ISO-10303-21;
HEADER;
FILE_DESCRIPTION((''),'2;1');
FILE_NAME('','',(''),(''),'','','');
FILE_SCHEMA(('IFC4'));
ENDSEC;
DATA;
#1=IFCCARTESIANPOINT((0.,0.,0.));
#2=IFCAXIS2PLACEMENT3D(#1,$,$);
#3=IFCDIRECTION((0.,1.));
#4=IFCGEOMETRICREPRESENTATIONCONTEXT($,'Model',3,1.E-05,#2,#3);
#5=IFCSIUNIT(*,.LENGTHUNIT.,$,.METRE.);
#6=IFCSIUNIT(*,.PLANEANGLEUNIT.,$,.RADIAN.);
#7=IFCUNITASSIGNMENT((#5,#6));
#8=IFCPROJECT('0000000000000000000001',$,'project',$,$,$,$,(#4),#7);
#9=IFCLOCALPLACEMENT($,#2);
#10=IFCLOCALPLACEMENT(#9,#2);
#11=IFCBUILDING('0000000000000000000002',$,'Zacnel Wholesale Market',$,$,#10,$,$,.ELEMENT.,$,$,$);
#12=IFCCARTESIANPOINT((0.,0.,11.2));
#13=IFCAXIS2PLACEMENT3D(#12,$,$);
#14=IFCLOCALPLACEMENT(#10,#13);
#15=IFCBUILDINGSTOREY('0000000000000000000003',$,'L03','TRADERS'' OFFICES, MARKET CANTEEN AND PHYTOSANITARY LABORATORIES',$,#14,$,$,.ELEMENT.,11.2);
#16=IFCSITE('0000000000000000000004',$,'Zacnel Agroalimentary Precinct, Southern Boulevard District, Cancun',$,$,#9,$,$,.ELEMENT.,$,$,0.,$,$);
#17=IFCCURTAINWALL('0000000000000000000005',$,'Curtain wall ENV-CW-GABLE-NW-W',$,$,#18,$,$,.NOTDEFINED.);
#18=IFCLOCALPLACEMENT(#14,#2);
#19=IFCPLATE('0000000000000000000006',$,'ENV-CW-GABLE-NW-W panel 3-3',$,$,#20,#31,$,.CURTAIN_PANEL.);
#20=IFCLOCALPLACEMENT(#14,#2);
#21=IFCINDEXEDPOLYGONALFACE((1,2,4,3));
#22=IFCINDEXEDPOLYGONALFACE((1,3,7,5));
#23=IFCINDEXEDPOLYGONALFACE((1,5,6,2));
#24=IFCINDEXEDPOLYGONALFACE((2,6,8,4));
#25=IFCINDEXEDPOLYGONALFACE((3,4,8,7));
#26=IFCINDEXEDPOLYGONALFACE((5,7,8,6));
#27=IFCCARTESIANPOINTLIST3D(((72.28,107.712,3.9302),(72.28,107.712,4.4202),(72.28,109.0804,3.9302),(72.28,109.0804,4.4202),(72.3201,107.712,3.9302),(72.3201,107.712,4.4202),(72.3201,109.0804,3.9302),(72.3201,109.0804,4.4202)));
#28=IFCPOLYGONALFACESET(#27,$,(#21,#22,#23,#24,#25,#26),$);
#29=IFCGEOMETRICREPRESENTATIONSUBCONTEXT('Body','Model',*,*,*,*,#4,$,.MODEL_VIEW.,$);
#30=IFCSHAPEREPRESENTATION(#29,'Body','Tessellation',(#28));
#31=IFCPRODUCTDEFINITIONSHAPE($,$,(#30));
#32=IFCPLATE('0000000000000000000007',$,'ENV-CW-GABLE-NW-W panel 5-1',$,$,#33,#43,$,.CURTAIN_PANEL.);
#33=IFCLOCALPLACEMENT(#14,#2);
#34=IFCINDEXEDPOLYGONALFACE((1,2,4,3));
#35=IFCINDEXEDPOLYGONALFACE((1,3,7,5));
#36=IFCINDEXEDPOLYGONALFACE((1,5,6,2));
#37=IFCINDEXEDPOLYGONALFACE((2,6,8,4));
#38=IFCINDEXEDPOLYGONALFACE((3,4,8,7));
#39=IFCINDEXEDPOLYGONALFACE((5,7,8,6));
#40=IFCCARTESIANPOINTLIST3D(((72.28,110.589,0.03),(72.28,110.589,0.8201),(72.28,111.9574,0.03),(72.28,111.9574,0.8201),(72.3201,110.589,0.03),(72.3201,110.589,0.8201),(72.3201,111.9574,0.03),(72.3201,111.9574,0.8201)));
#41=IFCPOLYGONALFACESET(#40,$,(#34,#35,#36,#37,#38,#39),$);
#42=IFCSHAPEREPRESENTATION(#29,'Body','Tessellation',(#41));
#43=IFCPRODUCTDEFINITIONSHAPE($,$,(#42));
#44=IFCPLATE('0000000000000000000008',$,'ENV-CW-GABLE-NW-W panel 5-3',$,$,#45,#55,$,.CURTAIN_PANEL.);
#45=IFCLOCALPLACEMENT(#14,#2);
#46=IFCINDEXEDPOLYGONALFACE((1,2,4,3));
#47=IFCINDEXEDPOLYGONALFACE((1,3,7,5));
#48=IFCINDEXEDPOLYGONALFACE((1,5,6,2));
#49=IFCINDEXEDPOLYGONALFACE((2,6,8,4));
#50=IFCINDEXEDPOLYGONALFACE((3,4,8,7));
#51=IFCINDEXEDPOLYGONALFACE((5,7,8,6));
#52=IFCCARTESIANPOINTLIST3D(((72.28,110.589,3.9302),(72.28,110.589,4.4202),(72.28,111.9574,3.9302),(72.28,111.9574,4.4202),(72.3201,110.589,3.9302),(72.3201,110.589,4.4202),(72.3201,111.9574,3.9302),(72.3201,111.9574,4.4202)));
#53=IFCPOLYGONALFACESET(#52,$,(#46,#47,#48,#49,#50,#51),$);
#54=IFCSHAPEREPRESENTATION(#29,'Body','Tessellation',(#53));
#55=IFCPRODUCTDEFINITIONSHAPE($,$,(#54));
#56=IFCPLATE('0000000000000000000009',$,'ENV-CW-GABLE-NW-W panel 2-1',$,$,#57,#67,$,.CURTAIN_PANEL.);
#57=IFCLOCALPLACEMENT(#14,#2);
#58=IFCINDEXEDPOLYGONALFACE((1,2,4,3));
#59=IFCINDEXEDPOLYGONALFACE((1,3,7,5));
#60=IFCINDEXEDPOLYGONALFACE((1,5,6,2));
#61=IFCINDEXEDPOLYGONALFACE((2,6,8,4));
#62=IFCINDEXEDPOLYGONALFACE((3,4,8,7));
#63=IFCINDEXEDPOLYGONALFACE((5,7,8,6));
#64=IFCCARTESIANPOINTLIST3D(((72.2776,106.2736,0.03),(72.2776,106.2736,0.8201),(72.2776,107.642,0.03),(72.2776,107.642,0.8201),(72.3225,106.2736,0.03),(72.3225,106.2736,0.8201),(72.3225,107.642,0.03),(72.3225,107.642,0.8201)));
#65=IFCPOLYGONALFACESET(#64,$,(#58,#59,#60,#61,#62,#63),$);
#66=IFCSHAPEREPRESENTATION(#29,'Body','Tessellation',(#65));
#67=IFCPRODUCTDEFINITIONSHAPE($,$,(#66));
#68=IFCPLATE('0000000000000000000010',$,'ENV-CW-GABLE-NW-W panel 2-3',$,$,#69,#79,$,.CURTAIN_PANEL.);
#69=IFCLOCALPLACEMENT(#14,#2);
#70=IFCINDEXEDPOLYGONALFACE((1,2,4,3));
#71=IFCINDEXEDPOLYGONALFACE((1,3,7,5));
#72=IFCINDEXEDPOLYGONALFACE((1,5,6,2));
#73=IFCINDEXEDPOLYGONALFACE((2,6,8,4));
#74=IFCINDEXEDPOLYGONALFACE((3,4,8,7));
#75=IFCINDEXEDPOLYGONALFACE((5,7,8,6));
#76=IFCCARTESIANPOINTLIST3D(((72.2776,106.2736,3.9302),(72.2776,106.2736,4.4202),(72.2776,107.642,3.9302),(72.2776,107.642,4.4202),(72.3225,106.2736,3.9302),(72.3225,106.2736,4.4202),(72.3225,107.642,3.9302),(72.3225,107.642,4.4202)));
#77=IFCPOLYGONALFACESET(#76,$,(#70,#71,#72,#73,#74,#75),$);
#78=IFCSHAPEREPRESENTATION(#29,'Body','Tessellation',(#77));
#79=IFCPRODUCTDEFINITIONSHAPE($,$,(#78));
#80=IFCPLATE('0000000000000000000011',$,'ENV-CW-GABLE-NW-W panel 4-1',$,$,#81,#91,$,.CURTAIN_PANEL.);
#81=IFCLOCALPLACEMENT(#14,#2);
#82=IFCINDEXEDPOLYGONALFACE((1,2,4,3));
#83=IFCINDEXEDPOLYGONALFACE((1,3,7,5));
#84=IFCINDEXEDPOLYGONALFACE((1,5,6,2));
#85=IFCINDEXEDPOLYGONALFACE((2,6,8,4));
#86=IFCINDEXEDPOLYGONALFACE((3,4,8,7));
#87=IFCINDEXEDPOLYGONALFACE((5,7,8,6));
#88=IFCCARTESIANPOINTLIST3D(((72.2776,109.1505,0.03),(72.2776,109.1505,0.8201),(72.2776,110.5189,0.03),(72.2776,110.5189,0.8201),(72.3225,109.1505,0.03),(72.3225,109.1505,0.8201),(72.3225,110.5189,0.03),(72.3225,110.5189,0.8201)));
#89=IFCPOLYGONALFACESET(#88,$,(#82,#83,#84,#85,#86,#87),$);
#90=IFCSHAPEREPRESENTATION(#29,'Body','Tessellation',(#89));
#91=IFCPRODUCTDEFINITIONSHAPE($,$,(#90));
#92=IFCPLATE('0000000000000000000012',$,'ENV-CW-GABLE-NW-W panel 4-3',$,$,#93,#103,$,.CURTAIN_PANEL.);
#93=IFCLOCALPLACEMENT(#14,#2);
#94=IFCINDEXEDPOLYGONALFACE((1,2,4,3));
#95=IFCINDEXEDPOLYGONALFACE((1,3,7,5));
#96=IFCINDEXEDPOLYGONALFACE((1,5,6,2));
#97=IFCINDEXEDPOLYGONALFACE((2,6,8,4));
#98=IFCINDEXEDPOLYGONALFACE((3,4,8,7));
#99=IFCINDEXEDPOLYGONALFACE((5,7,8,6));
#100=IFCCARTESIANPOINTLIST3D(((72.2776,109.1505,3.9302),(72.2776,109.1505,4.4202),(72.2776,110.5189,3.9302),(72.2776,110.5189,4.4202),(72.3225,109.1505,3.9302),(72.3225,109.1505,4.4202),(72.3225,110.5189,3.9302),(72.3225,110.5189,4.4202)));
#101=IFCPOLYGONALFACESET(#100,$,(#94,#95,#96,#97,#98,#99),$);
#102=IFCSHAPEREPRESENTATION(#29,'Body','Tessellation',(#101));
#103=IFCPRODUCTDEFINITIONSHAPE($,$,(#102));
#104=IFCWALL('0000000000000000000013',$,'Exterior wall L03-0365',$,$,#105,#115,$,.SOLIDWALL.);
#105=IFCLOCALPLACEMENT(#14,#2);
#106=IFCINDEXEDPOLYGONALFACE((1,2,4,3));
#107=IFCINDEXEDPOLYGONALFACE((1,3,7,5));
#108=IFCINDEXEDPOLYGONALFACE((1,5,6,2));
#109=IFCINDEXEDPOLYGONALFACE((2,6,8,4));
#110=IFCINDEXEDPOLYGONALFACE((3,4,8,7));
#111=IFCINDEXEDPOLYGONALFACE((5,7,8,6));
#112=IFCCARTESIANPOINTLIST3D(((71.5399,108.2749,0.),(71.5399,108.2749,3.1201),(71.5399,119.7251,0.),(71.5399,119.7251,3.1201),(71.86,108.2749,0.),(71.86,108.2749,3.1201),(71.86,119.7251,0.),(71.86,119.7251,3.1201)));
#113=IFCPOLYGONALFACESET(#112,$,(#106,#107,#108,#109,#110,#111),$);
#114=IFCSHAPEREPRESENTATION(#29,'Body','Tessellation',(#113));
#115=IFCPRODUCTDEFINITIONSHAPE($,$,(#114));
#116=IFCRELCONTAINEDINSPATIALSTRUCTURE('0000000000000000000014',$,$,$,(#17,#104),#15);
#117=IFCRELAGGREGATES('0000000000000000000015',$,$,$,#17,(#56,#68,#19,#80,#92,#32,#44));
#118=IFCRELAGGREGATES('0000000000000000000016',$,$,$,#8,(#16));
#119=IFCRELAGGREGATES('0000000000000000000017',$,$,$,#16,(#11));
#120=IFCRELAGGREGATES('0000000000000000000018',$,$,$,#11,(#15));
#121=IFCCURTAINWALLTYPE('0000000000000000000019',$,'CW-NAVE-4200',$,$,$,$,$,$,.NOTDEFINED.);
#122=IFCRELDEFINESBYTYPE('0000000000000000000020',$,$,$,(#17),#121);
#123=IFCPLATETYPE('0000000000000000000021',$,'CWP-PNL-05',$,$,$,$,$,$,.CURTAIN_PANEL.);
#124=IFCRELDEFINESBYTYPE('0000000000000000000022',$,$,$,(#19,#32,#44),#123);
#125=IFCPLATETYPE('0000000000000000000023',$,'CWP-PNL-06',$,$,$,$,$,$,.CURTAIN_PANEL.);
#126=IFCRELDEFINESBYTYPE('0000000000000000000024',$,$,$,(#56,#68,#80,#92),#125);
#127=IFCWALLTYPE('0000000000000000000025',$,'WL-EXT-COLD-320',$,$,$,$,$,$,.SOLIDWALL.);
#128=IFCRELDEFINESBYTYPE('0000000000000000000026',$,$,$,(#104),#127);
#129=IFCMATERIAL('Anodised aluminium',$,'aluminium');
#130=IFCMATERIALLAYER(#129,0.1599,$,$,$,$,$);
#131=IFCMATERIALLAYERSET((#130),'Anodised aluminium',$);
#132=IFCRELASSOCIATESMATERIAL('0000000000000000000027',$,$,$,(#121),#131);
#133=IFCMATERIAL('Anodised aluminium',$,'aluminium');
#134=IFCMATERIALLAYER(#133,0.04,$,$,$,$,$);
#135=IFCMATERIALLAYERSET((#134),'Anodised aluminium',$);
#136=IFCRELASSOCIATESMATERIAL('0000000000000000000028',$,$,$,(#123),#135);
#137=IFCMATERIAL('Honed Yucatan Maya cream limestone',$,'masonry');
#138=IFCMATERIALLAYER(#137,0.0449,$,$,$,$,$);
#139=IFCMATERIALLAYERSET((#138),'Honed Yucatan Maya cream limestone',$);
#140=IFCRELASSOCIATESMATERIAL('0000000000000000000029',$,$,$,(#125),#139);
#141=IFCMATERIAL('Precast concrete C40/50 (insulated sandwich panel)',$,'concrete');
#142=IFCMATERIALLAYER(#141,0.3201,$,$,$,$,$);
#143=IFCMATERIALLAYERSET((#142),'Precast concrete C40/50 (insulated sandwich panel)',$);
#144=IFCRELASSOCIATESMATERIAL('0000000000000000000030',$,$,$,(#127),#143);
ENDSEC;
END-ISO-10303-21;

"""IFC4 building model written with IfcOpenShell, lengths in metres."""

from ifc_helpers import new_model, si_unit, direction, frame, frame_2d, origin, origin_2d, place, context, subcontext, project, spatial, rectangle, extrude, material, layer, layer_set, type_object, element, aggregate, save


model = new_model("IFC4")

# Units and contexts
model_context = context("Model", 3, precision=1e-05, world=origin(), true_north=direction((0.0, 1.0)))
body_context = subcontext(model_context, "Body", "Model", "MODEL_VIEW")
ifc_project = project(units=[si_unit("LENGTHUNIT", "METRE"), si_unit("PLANEANGLEUNIT", "RADIAN")], contexts=[model_context])

# Site, building, storey
site_placement = place(None, origin())
site = spatial("IfcSite", under=ifc_project, at=site_placement, Name="Zacnel Agroalimentary Precinct, Southern Boulevard District, Cancun", CompositionType="ELEMENT", RefElevation=0.0)
building_placement = place(site_placement, origin())
building = spatial("IfcBuilding", under=site, at=building_placement, Name="Zacnel Wholesale Market", CompositionType="ELEMENT")
storey_placement = place(building_placement, frame((0.0, 0.0, 11.2)))
storey = spatial("IfcBuildingStorey", under=building, at=storey_placement, Name="L03", Description="TRADERS' OFFICES, MARKET CANTEEN AND PHYTOSANITARY LABORATORIES", CompositionType="ELEMENT", Elevation=11.2)

# Curtain wall, plates
ifc_material_1 = material(Name="Anodised aluminium", Category="aluminium")
ifc_layer_1 = layer(ifc_material_1, 0.1599)
ifc_layer_set_1 = layer_set([ifc_layer_1], Name="Anodised aluminium")
curtain_wall_type = type_object("IfcCurtainWallType", Name="CW-NAVE-4200", PredefinedType="NOTDEFINED", material=ifc_layer_set_1)
curtain_wall_placement = place(storey_placement, origin())
curtain_wall = element("IfcCurtainWall", 1, at=curtain_wall_placement, inside=storey, type_object=curtain_wall_type, Name="Curtain wall ENV-CW-GABLE-NW-W", PredefinedType="NOTDEFINED")
ifc_material_2 = material(Name="Anodised aluminium", Category="aluminium")
ifc_layer_2 = layer(ifc_material_2, 0.04)
ifc_layer_set_2 = layer_set([ifc_layer_2], Name="Anodised aluminium")
plate_type_1 = type_object("IfcPlateType", Name="CWP-PNL-05", PredefinedType="CURTAIN_PANEL", material=ifc_layer_set_2)
plate_1_placement = place(storey_placement, frame((72.3, 108.3962, 3.9302), z_axis=(0.0, 0.0, 1.0), x_axis=(0.0, 1.0, 0.0)))
plate_1 = element("IfcPlate", 2, at=plate_1_placement, type_object=plate_type_1, Name="ENV-CW-GABLE-NW-W panel 3-3", PredefinedType="CURTAIN_PANEL", context=body_context, shape_type="SweptSolid", body=[
    extrude(rectangle(XDim=1.3684, YDim=0.04, at=origin_2d()), origin(), (0.0, 0.0, 1.0), 0.49),
])
plate_2_placement = place(storey_placement, frame((72.3, 111.2732, 0.03), z_axis=(0.0, 0.0, 1.0), x_axis=(0.0, 1.0, 0.0)))
plate_2 = element("IfcPlate", 3, at=plate_2_placement, type_object=plate_type_1, Name="ENV-CW-GABLE-NW-W panel 5-1", PredefinedType="CURTAIN_PANEL", context=body_context, shape_type="SweptSolid", body=[
    extrude(rectangle(XDim=1.3684, YDim=0.04, at=origin_2d()), origin(), (0.0, 0.0, 1.0), 0.79),
])
plate_3_placement = place(storey_placement, frame((72.3, 111.2732, 3.9302), z_axis=(0.0, 0.0, 1.0), x_axis=(0.0, 1.0, 0.0)))
plate_3 = element("IfcPlate", 4, at=plate_3_placement, type_object=plate_type_1, Name="ENV-CW-GABLE-NW-W panel 5-3", PredefinedType="CURTAIN_PANEL", context=body_context, shape_type="SweptSolid", body=[
    extrude(rectangle(XDim=1.3684, YDim=0.04, at=origin_2d()), origin(), (0.0, 0.0, 1.0), 0.49),
])
ifc_material_3 = material(Name="Honed Yucatan Maya cream limestone", Category="masonry")
ifc_layer_3 = layer(ifc_material_3, 0.0449)
ifc_layer_set_3 = layer_set([ifc_layer_3], Name="Honed Yucatan Maya cream limestone")
plate_type_2 = type_object("IfcPlateType", Name="CWP-PNL-06", PredefinedType="CURTAIN_PANEL", material=ifc_layer_set_3)
plate_4_placement = place(storey_placement, frame((72.3, 106.9578, 0.03), z_axis=(0.0, 0.0, 1.0), x_axis=(0.0, 1.0, 0.0)))
plate_4 = element("IfcPlate", 5, at=plate_4_placement, type_object=plate_type_2, Name="ENV-CW-GABLE-NW-W panel 2-1", PredefinedType="CURTAIN_PANEL", context=body_context, shape_type="SweptSolid", body=[
    extrude(rectangle(XDim=1.3684, YDim=0.0449, at=origin_2d()), origin(), (0.0, 0.0, 1.0), 0.79),
])
plate_5_placement = place(storey_placement, frame((72.3, 106.9578, 3.9302), z_axis=(0.0, 0.0, 1.0), x_axis=(0.0, 1.0, 0.0)))
plate_5 = element("IfcPlate", 6, at=plate_5_placement, type_object=plate_type_2, Name="ENV-CW-GABLE-NW-W panel 2-3", PredefinedType="CURTAIN_PANEL", context=body_context, shape_type="SweptSolid", body=[
    extrude(rectangle(XDim=1.3684, YDim=0.0449, at=origin_2d()), origin(), (0.0, 0.0, 1.0), 0.49),
])
plate_6_placement = place(storey_placement, frame((72.3, 109.8347, 0.03), z_axis=(0.0, 0.0, 1.0), x_axis=(0.0, 1.0, 0.0)))
plate_6 = element("IfcPlate", 7, at=plate_6_placement, type_object=plate_type_2, Name="ENV-CW-GABLE-NW-W panel 4-1", PredefinedType="CURTAIN_PANEL", context=body_context, shape_type="SweptSolid", body=[
    extrude(rectangle(XDim=1.3684, YDim=0.0449, at=origin_2d()), origin(), (0.0, 0.0, 1.0), 0.79),
])
plate_7_placement = place(storey_placement, frame((72.3, 109.8347, 3.9302), z_axis=(0.0, 0.0, 1.0), x_axis=(0.0, 1.0, 0.0)))
plate_7 = element("IfcPlate", 8, at=plate_7_placement, type_object=plate_type_2, Name="ENV-CW-GABLE-NW-W panel 4-3", PredefinedType="CURTAIN_PANEL", context=body_context, shape_type="SweptSolid", body=[
    extrude(rectangle(XDim=1.3684, YDim=0.0449, at=origin_2d()), origin(), (0.0, 0.0, 1.0), 0.49),
])
aggregate(curtain_wall, [plate_4, plate_5, plate_1, plate_6, plate_7, plate_2, plate_3])

# Wall
ifc_material_4 = material(Name="Precast concrete C40/50 (insulated sandwich panel)", Category="concrete")
ifc_layer_4 = layer(ifc_material_4, 0.3201)
ifc_layer_set_4 = layer_set([ifc_layer_4], Name="Precast concrete C40/50 (insulated sandwich panel)")
wall_type = type_object("IfcWallType", Name="WL-EXT-COLD-320", PredefinedType="SOLIDWALL", material=ifc_layer_set_4)
wall_placement = place(storey_placement, frame((71.7, 108.2749, 0.0), z_axis=(0.0, 0.0, 1.0), x_axis=(0.0, 1.0, 0.0)))
element("IfcWall", 9, at=wall_placement, inside=storey, type_object=wall_type, Name="Exterior wall L03-0365", PredefinedType="SOLIDWALL", context=body_context, shape_type="SweptSolid", body=[
    extrude(rectangle(XDim=11.4502, YDim=0.3201, at=frame_2d((5.7251, 0.0))), origin(), (0.0, 0.0, 1.0), 3.1201),
])

save(model, "model.ifc")
